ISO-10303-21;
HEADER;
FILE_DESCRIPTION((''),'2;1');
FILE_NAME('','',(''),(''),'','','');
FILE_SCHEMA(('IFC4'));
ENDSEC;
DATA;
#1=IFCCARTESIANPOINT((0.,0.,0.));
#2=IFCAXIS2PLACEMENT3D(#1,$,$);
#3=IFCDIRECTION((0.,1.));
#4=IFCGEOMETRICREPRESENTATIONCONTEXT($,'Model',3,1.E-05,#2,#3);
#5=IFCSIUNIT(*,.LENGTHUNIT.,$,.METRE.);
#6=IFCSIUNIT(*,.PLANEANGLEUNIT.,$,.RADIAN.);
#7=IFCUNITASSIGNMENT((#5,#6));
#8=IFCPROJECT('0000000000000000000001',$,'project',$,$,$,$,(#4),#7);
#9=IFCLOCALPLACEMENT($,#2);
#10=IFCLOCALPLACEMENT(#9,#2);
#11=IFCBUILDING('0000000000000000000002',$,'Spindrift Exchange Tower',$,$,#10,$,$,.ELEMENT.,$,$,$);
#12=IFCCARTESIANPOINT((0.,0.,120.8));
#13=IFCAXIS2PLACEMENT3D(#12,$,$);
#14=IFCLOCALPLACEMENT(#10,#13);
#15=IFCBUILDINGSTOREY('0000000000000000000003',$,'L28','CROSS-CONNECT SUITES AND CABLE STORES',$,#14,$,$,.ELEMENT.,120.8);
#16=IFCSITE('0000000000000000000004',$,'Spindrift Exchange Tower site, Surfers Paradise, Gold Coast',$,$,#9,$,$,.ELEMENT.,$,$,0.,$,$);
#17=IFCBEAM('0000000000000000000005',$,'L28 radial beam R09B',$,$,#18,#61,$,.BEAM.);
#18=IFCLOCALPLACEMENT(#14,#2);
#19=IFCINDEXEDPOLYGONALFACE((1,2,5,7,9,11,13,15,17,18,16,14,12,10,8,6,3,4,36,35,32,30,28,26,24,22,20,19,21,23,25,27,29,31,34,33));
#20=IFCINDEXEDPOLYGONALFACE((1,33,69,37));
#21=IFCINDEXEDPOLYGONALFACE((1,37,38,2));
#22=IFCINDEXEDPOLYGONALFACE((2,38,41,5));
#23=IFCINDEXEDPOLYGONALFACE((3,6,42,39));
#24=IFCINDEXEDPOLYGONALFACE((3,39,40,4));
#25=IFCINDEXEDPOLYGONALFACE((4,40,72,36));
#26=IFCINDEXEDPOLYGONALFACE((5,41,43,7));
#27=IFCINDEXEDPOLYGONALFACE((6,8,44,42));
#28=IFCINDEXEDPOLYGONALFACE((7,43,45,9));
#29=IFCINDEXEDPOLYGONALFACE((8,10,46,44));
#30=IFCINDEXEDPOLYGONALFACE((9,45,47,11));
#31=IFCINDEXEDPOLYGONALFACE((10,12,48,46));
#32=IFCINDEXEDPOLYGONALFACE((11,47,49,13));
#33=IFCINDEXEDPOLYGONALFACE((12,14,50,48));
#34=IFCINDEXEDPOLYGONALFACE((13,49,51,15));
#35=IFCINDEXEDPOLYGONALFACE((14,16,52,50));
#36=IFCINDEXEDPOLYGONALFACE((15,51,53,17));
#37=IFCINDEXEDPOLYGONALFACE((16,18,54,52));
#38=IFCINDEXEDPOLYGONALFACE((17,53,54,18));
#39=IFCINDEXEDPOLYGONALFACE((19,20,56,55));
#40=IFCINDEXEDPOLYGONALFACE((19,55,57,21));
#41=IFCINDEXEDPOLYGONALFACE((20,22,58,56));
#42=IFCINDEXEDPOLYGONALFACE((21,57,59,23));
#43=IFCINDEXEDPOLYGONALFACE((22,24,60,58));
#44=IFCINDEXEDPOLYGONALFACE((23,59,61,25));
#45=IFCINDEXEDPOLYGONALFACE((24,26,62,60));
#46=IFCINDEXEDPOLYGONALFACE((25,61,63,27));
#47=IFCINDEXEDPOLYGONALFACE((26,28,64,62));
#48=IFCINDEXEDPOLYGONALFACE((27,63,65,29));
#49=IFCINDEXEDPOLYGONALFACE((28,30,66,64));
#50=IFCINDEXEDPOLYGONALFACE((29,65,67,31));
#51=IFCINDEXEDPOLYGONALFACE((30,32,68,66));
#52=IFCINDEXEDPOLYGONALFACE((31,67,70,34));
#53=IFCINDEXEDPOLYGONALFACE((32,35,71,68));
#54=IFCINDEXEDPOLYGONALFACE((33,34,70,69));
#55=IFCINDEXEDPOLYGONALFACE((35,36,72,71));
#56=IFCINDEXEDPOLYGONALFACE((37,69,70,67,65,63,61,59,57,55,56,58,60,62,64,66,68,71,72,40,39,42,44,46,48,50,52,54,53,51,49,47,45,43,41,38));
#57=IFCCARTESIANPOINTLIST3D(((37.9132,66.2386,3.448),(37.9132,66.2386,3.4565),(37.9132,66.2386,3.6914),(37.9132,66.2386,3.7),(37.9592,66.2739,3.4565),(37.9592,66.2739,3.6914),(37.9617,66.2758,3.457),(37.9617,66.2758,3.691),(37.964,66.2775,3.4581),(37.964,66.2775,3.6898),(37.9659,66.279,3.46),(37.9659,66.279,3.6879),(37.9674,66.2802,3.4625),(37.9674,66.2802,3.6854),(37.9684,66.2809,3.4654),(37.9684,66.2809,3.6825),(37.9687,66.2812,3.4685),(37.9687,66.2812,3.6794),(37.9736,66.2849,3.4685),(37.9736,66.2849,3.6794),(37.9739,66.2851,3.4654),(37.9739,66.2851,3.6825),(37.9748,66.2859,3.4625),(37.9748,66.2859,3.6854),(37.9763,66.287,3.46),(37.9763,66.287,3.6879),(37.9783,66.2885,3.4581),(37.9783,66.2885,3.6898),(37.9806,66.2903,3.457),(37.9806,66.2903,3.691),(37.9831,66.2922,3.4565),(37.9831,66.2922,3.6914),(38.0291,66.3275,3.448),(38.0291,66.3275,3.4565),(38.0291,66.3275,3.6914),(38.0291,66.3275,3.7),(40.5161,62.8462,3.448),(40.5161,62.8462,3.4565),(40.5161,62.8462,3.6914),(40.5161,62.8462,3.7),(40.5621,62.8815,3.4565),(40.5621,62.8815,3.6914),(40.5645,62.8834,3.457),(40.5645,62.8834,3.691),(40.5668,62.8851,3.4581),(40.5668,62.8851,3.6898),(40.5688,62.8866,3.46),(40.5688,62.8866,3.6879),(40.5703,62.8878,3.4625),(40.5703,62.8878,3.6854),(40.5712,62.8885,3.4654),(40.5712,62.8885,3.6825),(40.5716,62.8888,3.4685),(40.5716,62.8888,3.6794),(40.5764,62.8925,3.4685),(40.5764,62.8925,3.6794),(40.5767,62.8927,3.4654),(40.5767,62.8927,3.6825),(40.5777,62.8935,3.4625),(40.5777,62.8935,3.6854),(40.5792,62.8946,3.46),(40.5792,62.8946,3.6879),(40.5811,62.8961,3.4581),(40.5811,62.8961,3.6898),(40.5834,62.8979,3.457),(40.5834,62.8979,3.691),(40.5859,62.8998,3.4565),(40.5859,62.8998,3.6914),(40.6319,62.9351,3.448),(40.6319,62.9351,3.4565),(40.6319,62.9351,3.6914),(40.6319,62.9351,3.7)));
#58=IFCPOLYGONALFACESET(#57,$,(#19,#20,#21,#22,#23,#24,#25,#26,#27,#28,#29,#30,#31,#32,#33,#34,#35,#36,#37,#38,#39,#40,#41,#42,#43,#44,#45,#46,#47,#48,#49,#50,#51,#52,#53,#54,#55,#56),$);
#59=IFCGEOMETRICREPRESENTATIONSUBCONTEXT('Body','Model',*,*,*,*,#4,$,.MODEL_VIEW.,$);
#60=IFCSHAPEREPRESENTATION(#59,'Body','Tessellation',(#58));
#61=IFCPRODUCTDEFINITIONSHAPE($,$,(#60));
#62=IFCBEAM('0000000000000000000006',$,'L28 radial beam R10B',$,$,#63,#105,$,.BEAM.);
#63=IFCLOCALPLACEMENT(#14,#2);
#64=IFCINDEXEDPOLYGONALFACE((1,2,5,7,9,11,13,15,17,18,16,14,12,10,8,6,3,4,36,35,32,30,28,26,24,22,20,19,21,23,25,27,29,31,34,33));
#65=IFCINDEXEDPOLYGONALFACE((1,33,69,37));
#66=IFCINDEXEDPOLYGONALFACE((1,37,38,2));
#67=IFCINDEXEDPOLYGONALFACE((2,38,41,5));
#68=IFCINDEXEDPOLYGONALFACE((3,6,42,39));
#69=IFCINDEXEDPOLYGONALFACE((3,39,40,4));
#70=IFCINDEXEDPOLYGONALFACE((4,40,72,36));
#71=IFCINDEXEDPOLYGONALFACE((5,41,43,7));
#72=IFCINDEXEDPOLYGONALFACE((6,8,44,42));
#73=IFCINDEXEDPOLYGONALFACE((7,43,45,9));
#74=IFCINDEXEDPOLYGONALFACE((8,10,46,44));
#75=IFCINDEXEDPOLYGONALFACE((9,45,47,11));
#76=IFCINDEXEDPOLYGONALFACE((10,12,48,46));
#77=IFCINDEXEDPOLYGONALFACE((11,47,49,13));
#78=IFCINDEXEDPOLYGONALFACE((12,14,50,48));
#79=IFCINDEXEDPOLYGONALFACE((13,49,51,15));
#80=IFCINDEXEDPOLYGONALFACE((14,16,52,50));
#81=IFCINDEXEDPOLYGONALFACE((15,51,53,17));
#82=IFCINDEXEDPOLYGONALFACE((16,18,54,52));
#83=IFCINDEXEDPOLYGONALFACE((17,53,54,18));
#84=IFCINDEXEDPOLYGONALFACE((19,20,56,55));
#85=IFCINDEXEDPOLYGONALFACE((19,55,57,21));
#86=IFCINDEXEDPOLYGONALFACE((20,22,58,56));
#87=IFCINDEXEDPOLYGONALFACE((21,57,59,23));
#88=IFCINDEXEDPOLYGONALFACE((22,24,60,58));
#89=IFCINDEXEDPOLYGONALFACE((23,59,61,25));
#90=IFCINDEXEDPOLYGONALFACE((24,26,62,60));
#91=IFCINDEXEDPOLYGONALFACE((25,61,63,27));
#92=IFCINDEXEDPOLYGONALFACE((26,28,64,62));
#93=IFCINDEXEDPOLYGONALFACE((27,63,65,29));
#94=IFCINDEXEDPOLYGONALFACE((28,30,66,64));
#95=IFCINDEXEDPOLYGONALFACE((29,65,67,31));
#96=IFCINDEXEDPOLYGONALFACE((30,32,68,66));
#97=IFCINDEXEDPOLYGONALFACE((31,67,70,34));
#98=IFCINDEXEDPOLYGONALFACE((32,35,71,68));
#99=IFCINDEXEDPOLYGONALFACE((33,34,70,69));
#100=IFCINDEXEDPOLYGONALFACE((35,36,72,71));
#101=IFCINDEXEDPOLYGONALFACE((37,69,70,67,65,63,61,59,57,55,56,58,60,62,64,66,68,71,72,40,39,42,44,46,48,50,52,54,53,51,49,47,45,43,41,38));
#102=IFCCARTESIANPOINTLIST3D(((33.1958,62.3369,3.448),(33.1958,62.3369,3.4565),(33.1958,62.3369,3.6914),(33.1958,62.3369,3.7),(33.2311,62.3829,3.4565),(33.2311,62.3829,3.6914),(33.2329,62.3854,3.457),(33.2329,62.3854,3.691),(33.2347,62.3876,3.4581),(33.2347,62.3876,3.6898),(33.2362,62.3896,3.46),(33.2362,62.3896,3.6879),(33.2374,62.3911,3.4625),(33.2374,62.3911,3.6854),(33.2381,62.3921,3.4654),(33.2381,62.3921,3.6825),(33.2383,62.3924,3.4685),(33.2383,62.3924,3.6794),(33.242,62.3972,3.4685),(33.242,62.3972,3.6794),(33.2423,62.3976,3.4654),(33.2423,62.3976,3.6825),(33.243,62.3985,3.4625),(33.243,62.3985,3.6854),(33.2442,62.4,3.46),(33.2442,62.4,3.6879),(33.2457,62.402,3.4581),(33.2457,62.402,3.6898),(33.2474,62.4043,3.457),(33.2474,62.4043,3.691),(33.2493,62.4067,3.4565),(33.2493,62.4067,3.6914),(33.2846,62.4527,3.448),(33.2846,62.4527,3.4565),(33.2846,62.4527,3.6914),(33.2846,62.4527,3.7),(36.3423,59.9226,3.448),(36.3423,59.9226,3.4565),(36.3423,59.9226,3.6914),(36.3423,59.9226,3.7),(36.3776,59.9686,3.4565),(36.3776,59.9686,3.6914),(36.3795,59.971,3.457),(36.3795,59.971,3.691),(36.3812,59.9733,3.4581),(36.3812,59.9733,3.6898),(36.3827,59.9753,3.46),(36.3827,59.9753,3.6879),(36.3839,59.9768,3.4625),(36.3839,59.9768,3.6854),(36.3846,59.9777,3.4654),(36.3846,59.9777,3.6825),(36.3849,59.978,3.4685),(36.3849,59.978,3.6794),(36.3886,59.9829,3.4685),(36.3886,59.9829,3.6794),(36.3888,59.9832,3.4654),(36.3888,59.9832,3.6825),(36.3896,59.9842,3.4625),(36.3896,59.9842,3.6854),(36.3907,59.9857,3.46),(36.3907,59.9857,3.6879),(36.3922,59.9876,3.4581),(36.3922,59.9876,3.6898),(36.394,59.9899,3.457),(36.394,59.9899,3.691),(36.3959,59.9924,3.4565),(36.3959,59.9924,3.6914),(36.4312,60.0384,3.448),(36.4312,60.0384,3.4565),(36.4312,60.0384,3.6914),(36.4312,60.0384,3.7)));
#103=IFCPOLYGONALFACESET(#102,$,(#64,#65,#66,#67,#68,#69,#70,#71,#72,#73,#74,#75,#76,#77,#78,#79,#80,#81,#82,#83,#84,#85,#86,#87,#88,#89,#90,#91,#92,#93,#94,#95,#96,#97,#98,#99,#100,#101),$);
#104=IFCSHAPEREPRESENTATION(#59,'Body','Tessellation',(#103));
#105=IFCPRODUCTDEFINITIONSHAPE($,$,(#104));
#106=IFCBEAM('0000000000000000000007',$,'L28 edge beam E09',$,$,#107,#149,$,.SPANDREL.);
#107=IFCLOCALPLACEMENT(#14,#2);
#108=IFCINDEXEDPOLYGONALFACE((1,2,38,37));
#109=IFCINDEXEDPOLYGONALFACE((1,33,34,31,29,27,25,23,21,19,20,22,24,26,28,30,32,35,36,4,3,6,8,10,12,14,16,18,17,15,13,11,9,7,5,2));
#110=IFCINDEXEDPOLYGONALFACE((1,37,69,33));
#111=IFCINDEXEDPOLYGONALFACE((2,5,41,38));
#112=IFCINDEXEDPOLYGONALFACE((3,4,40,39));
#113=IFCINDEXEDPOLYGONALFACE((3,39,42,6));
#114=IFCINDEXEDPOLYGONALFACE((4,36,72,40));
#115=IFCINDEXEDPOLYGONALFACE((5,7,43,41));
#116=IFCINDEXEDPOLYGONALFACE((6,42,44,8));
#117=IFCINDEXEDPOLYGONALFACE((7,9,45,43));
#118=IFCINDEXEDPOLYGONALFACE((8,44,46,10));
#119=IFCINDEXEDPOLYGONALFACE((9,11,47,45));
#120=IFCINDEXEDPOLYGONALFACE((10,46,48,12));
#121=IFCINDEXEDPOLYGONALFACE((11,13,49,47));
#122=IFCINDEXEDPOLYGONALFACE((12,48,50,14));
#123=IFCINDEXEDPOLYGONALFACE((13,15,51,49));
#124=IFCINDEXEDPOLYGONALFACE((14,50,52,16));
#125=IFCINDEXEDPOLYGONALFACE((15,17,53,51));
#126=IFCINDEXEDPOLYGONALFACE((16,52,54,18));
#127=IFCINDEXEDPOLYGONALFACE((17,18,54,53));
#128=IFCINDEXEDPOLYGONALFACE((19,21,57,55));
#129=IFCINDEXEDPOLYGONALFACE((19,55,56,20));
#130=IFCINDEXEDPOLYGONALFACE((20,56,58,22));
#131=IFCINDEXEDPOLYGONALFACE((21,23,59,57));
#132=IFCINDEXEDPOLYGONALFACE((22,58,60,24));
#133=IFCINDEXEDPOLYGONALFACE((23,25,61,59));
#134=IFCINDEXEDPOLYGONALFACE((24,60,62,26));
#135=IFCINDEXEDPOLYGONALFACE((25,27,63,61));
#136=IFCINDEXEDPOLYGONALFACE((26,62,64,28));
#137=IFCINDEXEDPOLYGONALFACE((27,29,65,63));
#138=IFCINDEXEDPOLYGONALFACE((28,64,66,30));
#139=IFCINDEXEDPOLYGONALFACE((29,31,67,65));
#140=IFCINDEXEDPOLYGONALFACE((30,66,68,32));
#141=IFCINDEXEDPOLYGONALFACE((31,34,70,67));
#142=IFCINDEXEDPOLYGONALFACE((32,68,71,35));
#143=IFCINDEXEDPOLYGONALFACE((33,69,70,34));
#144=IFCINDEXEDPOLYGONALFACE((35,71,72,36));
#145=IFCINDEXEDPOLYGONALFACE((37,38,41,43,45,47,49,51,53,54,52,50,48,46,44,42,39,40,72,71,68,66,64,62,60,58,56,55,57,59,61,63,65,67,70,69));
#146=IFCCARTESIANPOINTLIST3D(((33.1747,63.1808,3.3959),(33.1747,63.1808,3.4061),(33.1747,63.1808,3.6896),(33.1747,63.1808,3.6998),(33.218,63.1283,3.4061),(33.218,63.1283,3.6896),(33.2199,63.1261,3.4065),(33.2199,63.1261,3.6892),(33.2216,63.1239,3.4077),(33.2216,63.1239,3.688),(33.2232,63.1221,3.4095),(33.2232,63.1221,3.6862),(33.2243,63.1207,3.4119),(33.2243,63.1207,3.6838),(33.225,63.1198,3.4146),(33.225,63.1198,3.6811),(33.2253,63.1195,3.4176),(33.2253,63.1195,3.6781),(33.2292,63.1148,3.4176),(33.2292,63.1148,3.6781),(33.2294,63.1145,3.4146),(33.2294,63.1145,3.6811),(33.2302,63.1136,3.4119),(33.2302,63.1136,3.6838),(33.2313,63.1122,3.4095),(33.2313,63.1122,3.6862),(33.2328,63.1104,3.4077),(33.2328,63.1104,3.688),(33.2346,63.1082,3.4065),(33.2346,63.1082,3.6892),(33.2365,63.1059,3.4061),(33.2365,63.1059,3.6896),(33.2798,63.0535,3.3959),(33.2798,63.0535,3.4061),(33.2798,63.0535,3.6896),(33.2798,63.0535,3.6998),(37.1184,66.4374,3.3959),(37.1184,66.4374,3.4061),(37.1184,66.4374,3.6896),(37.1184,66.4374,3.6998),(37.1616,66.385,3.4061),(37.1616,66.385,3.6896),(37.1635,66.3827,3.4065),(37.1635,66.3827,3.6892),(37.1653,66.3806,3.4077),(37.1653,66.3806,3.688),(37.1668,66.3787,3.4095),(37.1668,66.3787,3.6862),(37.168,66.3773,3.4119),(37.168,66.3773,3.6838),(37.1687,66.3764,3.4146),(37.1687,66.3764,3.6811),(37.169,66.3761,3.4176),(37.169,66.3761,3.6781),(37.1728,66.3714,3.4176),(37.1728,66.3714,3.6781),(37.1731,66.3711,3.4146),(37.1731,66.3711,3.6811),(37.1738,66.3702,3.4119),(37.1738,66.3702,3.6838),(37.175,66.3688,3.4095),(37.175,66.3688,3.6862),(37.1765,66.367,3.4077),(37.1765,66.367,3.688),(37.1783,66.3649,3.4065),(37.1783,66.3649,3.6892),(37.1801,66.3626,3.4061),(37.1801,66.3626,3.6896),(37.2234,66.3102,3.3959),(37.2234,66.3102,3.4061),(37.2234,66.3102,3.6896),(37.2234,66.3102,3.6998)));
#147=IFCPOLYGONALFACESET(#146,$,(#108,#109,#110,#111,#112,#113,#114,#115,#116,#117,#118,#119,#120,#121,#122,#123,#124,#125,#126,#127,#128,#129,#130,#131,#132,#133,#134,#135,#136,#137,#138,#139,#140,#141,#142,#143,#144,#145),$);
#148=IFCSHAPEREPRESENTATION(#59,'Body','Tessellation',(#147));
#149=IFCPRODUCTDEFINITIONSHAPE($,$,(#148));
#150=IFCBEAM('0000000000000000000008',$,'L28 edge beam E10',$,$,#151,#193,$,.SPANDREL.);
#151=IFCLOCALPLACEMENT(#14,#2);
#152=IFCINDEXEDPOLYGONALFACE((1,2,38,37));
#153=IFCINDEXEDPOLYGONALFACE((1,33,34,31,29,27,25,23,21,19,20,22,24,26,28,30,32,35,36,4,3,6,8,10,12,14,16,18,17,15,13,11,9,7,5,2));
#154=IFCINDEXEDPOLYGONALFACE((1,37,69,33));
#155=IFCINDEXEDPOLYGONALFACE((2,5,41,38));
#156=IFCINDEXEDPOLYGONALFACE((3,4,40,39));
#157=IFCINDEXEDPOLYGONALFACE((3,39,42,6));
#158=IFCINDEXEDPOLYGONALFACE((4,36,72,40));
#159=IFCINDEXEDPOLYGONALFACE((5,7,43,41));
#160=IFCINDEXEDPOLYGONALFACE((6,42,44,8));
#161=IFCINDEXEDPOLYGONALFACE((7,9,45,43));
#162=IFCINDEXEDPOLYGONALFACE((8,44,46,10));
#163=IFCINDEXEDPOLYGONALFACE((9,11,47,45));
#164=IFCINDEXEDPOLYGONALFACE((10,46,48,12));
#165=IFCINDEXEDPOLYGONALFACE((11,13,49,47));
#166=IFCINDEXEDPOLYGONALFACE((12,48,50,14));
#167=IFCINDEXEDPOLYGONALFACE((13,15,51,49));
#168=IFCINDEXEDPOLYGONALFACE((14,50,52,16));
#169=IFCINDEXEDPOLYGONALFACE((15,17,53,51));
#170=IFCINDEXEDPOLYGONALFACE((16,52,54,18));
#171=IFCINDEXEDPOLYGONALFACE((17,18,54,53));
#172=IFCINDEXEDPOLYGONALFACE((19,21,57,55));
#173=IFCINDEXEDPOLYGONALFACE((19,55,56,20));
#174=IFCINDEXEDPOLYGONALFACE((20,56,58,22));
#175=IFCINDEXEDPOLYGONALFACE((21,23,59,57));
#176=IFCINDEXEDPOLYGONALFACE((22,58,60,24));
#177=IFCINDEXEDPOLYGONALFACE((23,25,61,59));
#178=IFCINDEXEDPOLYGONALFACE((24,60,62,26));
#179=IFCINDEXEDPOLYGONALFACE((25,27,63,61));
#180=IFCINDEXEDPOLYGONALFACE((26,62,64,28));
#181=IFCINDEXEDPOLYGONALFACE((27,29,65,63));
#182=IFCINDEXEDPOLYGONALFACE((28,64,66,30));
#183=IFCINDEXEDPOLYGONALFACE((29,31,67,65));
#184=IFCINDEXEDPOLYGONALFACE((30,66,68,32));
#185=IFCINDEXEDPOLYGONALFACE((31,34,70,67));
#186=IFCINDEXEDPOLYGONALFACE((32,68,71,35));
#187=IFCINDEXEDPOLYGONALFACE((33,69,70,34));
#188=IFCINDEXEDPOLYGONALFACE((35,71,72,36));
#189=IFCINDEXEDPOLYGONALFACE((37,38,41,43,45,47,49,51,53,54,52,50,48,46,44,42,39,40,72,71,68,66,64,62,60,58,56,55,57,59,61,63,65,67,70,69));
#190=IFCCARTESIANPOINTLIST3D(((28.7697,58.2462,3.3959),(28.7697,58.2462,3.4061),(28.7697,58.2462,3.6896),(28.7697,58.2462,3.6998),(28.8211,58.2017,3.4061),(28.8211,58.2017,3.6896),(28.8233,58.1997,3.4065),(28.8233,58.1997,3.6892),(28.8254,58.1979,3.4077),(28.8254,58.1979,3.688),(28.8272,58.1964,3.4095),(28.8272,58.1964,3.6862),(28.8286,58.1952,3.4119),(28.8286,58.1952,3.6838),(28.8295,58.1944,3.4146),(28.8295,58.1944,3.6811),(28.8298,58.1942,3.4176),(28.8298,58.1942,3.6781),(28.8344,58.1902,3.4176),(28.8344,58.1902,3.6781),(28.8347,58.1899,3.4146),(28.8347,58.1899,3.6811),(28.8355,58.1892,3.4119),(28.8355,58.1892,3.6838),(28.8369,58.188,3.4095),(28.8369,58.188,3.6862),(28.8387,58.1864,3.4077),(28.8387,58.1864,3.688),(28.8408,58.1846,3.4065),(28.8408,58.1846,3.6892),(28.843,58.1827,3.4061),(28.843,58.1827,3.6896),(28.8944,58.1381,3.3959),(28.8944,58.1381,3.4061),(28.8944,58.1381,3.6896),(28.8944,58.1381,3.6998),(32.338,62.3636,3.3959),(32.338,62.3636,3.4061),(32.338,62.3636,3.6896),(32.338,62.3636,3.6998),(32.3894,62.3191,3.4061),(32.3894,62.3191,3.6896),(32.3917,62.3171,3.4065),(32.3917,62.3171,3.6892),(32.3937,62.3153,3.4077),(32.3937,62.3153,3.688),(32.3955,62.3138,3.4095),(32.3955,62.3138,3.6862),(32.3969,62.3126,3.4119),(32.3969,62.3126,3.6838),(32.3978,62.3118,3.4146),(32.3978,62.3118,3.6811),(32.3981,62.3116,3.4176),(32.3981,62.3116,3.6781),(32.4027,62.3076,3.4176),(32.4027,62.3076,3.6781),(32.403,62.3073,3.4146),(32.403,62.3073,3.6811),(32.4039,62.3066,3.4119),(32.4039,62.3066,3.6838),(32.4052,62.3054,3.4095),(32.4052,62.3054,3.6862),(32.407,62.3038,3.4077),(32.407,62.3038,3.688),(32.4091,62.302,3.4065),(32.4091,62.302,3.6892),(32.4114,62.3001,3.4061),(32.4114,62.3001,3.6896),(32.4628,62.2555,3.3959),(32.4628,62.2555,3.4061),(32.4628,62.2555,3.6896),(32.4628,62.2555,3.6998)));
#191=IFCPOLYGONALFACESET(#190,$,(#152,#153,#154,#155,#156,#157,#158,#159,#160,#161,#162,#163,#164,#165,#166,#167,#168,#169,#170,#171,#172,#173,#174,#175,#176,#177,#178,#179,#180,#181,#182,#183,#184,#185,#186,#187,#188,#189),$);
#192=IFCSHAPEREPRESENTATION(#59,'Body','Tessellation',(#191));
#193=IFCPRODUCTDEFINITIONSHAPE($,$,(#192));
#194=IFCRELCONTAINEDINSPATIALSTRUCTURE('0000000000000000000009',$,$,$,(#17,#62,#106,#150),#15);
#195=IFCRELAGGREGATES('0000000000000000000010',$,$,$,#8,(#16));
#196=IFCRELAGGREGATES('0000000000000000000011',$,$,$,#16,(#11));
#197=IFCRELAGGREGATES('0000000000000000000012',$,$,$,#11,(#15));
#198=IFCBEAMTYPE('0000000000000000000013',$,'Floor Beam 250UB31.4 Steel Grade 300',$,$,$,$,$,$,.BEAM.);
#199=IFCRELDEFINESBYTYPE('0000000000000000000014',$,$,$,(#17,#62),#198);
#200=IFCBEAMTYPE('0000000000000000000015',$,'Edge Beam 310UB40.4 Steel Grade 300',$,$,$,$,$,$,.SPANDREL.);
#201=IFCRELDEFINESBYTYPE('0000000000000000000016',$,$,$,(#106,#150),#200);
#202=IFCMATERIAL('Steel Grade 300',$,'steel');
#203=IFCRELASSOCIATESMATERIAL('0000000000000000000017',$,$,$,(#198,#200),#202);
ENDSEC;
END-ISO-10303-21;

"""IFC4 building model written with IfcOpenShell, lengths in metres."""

from ifc_helpers import new_model, si_unit, direction, frame, origin, origin_2d, place, context, subcontext, project, spatial, i_section, extrude, source, transform, mapped, material, material_profile, profile_set, type_object, element, save


model = new_model("IFC4")

# Units and contexts
model_context = context("Model", 3, precision=1e-05, world=origin(), true_north=direction((0.0, 1.0)))
body_context = subcontext(model_context, "Body", "Model", "MODEL_VIEW")
ifc_project = project(units=[si_unit("LENGTHUNIT", "METRE"), si_unit("PLANEANGLEUNIT", "RADIAN")], contexts=[model_context])

# Site, building, storey
site_placement = place(None, origin())
site = spatial("IfcSite", under=ifc_project, at=site_placement, Name="Spindrift Exchange Tower site, Surfers Paradise, Gold Coast", CompositionType="ELEMENT", RefElevation=0.0)
building_placement = place(site_placement, origin())
building = spatial("IfcBuilding", under=site, at=building_placement, Name="Spindrift Exchange Tower", CompositionType="ELEMENT")
storey_placement = place(building_placement, frame((0.0, 0.0, 120.8)))
storey = spatial("IfcBuildingStorey", under=building, at=storey_placement, Name="L28", Description="CROSS-CONNECT SUITES AND CABLE STORES", CompositionType="ELEMENT", Elevation=120.8)

# Beams
ifc_material_1 = material(Name="Steel Grade 300", Category="steel")
ifc_material_profile_1 = material_profile(ifc_material_1, i_section(OverallWidth=0.146, OverallDepth=0.252, WebThickness=0.0061, FlangeThickness=0.0085, FilletRadius=0.012, at=origin_2d()), Name="250UB31.4")
ifc_profile_set_1 = profile_set([ifc_material_profile_1], Name="Steel Grade 300")
beam_type_1 = type_object("IfcBeamType", Name="Floor Beam 250UB31.4 Steel Grade 300", PredefinedType="BEAM", material=ifc_profile_set_1)
shared_shape_1 = source(origin(), body_context, "Body", "SweptSolid", [
    extrude(i_section(OverallWidth=0.146, OverallDepth=0.252, WebThickness=0.0061, FlangeThickness=0.0085, FilletRadius=0.012, at=origin_2d()), origin(), (0.0, 0.0, 1.0), 4.2759),
])
beam_1_placement = place(storey_placement, frame((40.574, 62.8906, 3.574), z_axis=(-0.608725, 0.793381, 0.0), x_axis=(-0.793381, -0.608725, 0.0)))
element("IfcBeam", 1, at=beam_1_placement, inside=storey, type_object=beam_type_1, Name="L28 radial beam R09B", PredefinedType="BEAM", context=body_context, shape_type="MappedRepresentation", body=[
    mapped(shared_shape_1, transform((0.0, 0.0, 0.0), scale=1.0)),
])
shared_shape_2 = source(origin(), body_context, "Body", "SweptSolid", [
    extrude(i_section(OverallWidth=0.146, OverallDepth=0.252, WebThickness=0.0061, FlangeThickness=0.0085, FilletRadius=0.012, at=origin_2d()), origin(), (0.0, 0.0, 1.0), 3.9661),
])
beam_2_placement = place(storey_placement, frame((36.3867, 59.9805, 3.574), z_axis=(-0.793363, 0.608749, 0.0), x_axis=(-0.608749, -0.793363, 0.0)))
element("IfcBeam", 2, at=beam_2_placement, inside=storey, type_object=beam_type_1, Name="L28 radial beam R10B", PredefinedType="BEAM", context=body_context, shape_type="MappedRepresentation", body=[
    mapped(shared_shape_2, transform((0.0, 0.0, 0.0), scale=1.0)),
])
ifc_material_profile_2 = material_profile(ifc_material_1, i_section(OverallWidth=0.165, OverallDepth=0.304, WebThickness=0.0061, FlangeThickness=0.0103, FilletRadius=0.0115, at=origin_2d()), Name="310UB40.4")
ifc_profile_set_2 = profile_set([ifc_material_profile_2], Name="Steel Grade 300")
beam_type_2 = type_object("IfcBeamType", Name="Edge Beam 310UB40.4 Steel Grade 300", PredefinedType="SPANDREL", material=ifc_profile_set_2)
shared_shape_3 = source(origin(), body_context, "Body", "SweptSolid", [
    extrude(i_section(OverallWidth=0.165, OverallDepth=0.304, WebThickness=0.0061, FlangeThickness=0.0103, FilletRadius=0.0115, at=origin_2d()), origin(), (0.0, 0.0, 1.0), 5.1145),
])
beam_3_placement = place(storey_placement, frame((37.1709, 66.3738, 3.5479), z_axis=(-0.771074, -0.636746, 0.0), x_axis=(0.636746, -0.771074, 0.0)))
element("IfcBeam", 3, at=beam_3_placement, inside=storey, type_object=beam_type_2, Name="L28 edge beam E09", PredefinedType="SPANDREL", context=body_context, shape_type="MappedRepresentation", body=[
    mapped(shared_shape_3, transform((0.0, 0.0, 0.0), scale=1.0)),
])
shared_shape_4 = source(origin(), body_context, "Body", "SweptSolid", [
    extrude(i_section(OverallWidth=0.165, OverallDepth=0.304, WebThickness=0.0061, FlangeThickness=0.0103, FilletRadius=0.0115, at=origin_2d()), origin(), (0.0, 0.0, 1.0), 5.4485),
])
beam_4_placement = place(storey_placement, frame((32.4004, 62.3096, 3.5479), z_axis=(-0.654922, -0.755696, 0.0), x_axis=(0.755696, -0.654922, 0.0)))
element("IfcBeam", 4, at=beam_4_placement, inside=storey, type_object=beam_type_2, Name="L28 edge beam E10", PredefinedType="SPANDREL", context=body_context, shape_type="MappedRepresentation", body=[
    mapped(shared_shape_4, transform((0.0, 0.0, 0.0), scale=1.0)),
])

save(model, "model.ifc")
